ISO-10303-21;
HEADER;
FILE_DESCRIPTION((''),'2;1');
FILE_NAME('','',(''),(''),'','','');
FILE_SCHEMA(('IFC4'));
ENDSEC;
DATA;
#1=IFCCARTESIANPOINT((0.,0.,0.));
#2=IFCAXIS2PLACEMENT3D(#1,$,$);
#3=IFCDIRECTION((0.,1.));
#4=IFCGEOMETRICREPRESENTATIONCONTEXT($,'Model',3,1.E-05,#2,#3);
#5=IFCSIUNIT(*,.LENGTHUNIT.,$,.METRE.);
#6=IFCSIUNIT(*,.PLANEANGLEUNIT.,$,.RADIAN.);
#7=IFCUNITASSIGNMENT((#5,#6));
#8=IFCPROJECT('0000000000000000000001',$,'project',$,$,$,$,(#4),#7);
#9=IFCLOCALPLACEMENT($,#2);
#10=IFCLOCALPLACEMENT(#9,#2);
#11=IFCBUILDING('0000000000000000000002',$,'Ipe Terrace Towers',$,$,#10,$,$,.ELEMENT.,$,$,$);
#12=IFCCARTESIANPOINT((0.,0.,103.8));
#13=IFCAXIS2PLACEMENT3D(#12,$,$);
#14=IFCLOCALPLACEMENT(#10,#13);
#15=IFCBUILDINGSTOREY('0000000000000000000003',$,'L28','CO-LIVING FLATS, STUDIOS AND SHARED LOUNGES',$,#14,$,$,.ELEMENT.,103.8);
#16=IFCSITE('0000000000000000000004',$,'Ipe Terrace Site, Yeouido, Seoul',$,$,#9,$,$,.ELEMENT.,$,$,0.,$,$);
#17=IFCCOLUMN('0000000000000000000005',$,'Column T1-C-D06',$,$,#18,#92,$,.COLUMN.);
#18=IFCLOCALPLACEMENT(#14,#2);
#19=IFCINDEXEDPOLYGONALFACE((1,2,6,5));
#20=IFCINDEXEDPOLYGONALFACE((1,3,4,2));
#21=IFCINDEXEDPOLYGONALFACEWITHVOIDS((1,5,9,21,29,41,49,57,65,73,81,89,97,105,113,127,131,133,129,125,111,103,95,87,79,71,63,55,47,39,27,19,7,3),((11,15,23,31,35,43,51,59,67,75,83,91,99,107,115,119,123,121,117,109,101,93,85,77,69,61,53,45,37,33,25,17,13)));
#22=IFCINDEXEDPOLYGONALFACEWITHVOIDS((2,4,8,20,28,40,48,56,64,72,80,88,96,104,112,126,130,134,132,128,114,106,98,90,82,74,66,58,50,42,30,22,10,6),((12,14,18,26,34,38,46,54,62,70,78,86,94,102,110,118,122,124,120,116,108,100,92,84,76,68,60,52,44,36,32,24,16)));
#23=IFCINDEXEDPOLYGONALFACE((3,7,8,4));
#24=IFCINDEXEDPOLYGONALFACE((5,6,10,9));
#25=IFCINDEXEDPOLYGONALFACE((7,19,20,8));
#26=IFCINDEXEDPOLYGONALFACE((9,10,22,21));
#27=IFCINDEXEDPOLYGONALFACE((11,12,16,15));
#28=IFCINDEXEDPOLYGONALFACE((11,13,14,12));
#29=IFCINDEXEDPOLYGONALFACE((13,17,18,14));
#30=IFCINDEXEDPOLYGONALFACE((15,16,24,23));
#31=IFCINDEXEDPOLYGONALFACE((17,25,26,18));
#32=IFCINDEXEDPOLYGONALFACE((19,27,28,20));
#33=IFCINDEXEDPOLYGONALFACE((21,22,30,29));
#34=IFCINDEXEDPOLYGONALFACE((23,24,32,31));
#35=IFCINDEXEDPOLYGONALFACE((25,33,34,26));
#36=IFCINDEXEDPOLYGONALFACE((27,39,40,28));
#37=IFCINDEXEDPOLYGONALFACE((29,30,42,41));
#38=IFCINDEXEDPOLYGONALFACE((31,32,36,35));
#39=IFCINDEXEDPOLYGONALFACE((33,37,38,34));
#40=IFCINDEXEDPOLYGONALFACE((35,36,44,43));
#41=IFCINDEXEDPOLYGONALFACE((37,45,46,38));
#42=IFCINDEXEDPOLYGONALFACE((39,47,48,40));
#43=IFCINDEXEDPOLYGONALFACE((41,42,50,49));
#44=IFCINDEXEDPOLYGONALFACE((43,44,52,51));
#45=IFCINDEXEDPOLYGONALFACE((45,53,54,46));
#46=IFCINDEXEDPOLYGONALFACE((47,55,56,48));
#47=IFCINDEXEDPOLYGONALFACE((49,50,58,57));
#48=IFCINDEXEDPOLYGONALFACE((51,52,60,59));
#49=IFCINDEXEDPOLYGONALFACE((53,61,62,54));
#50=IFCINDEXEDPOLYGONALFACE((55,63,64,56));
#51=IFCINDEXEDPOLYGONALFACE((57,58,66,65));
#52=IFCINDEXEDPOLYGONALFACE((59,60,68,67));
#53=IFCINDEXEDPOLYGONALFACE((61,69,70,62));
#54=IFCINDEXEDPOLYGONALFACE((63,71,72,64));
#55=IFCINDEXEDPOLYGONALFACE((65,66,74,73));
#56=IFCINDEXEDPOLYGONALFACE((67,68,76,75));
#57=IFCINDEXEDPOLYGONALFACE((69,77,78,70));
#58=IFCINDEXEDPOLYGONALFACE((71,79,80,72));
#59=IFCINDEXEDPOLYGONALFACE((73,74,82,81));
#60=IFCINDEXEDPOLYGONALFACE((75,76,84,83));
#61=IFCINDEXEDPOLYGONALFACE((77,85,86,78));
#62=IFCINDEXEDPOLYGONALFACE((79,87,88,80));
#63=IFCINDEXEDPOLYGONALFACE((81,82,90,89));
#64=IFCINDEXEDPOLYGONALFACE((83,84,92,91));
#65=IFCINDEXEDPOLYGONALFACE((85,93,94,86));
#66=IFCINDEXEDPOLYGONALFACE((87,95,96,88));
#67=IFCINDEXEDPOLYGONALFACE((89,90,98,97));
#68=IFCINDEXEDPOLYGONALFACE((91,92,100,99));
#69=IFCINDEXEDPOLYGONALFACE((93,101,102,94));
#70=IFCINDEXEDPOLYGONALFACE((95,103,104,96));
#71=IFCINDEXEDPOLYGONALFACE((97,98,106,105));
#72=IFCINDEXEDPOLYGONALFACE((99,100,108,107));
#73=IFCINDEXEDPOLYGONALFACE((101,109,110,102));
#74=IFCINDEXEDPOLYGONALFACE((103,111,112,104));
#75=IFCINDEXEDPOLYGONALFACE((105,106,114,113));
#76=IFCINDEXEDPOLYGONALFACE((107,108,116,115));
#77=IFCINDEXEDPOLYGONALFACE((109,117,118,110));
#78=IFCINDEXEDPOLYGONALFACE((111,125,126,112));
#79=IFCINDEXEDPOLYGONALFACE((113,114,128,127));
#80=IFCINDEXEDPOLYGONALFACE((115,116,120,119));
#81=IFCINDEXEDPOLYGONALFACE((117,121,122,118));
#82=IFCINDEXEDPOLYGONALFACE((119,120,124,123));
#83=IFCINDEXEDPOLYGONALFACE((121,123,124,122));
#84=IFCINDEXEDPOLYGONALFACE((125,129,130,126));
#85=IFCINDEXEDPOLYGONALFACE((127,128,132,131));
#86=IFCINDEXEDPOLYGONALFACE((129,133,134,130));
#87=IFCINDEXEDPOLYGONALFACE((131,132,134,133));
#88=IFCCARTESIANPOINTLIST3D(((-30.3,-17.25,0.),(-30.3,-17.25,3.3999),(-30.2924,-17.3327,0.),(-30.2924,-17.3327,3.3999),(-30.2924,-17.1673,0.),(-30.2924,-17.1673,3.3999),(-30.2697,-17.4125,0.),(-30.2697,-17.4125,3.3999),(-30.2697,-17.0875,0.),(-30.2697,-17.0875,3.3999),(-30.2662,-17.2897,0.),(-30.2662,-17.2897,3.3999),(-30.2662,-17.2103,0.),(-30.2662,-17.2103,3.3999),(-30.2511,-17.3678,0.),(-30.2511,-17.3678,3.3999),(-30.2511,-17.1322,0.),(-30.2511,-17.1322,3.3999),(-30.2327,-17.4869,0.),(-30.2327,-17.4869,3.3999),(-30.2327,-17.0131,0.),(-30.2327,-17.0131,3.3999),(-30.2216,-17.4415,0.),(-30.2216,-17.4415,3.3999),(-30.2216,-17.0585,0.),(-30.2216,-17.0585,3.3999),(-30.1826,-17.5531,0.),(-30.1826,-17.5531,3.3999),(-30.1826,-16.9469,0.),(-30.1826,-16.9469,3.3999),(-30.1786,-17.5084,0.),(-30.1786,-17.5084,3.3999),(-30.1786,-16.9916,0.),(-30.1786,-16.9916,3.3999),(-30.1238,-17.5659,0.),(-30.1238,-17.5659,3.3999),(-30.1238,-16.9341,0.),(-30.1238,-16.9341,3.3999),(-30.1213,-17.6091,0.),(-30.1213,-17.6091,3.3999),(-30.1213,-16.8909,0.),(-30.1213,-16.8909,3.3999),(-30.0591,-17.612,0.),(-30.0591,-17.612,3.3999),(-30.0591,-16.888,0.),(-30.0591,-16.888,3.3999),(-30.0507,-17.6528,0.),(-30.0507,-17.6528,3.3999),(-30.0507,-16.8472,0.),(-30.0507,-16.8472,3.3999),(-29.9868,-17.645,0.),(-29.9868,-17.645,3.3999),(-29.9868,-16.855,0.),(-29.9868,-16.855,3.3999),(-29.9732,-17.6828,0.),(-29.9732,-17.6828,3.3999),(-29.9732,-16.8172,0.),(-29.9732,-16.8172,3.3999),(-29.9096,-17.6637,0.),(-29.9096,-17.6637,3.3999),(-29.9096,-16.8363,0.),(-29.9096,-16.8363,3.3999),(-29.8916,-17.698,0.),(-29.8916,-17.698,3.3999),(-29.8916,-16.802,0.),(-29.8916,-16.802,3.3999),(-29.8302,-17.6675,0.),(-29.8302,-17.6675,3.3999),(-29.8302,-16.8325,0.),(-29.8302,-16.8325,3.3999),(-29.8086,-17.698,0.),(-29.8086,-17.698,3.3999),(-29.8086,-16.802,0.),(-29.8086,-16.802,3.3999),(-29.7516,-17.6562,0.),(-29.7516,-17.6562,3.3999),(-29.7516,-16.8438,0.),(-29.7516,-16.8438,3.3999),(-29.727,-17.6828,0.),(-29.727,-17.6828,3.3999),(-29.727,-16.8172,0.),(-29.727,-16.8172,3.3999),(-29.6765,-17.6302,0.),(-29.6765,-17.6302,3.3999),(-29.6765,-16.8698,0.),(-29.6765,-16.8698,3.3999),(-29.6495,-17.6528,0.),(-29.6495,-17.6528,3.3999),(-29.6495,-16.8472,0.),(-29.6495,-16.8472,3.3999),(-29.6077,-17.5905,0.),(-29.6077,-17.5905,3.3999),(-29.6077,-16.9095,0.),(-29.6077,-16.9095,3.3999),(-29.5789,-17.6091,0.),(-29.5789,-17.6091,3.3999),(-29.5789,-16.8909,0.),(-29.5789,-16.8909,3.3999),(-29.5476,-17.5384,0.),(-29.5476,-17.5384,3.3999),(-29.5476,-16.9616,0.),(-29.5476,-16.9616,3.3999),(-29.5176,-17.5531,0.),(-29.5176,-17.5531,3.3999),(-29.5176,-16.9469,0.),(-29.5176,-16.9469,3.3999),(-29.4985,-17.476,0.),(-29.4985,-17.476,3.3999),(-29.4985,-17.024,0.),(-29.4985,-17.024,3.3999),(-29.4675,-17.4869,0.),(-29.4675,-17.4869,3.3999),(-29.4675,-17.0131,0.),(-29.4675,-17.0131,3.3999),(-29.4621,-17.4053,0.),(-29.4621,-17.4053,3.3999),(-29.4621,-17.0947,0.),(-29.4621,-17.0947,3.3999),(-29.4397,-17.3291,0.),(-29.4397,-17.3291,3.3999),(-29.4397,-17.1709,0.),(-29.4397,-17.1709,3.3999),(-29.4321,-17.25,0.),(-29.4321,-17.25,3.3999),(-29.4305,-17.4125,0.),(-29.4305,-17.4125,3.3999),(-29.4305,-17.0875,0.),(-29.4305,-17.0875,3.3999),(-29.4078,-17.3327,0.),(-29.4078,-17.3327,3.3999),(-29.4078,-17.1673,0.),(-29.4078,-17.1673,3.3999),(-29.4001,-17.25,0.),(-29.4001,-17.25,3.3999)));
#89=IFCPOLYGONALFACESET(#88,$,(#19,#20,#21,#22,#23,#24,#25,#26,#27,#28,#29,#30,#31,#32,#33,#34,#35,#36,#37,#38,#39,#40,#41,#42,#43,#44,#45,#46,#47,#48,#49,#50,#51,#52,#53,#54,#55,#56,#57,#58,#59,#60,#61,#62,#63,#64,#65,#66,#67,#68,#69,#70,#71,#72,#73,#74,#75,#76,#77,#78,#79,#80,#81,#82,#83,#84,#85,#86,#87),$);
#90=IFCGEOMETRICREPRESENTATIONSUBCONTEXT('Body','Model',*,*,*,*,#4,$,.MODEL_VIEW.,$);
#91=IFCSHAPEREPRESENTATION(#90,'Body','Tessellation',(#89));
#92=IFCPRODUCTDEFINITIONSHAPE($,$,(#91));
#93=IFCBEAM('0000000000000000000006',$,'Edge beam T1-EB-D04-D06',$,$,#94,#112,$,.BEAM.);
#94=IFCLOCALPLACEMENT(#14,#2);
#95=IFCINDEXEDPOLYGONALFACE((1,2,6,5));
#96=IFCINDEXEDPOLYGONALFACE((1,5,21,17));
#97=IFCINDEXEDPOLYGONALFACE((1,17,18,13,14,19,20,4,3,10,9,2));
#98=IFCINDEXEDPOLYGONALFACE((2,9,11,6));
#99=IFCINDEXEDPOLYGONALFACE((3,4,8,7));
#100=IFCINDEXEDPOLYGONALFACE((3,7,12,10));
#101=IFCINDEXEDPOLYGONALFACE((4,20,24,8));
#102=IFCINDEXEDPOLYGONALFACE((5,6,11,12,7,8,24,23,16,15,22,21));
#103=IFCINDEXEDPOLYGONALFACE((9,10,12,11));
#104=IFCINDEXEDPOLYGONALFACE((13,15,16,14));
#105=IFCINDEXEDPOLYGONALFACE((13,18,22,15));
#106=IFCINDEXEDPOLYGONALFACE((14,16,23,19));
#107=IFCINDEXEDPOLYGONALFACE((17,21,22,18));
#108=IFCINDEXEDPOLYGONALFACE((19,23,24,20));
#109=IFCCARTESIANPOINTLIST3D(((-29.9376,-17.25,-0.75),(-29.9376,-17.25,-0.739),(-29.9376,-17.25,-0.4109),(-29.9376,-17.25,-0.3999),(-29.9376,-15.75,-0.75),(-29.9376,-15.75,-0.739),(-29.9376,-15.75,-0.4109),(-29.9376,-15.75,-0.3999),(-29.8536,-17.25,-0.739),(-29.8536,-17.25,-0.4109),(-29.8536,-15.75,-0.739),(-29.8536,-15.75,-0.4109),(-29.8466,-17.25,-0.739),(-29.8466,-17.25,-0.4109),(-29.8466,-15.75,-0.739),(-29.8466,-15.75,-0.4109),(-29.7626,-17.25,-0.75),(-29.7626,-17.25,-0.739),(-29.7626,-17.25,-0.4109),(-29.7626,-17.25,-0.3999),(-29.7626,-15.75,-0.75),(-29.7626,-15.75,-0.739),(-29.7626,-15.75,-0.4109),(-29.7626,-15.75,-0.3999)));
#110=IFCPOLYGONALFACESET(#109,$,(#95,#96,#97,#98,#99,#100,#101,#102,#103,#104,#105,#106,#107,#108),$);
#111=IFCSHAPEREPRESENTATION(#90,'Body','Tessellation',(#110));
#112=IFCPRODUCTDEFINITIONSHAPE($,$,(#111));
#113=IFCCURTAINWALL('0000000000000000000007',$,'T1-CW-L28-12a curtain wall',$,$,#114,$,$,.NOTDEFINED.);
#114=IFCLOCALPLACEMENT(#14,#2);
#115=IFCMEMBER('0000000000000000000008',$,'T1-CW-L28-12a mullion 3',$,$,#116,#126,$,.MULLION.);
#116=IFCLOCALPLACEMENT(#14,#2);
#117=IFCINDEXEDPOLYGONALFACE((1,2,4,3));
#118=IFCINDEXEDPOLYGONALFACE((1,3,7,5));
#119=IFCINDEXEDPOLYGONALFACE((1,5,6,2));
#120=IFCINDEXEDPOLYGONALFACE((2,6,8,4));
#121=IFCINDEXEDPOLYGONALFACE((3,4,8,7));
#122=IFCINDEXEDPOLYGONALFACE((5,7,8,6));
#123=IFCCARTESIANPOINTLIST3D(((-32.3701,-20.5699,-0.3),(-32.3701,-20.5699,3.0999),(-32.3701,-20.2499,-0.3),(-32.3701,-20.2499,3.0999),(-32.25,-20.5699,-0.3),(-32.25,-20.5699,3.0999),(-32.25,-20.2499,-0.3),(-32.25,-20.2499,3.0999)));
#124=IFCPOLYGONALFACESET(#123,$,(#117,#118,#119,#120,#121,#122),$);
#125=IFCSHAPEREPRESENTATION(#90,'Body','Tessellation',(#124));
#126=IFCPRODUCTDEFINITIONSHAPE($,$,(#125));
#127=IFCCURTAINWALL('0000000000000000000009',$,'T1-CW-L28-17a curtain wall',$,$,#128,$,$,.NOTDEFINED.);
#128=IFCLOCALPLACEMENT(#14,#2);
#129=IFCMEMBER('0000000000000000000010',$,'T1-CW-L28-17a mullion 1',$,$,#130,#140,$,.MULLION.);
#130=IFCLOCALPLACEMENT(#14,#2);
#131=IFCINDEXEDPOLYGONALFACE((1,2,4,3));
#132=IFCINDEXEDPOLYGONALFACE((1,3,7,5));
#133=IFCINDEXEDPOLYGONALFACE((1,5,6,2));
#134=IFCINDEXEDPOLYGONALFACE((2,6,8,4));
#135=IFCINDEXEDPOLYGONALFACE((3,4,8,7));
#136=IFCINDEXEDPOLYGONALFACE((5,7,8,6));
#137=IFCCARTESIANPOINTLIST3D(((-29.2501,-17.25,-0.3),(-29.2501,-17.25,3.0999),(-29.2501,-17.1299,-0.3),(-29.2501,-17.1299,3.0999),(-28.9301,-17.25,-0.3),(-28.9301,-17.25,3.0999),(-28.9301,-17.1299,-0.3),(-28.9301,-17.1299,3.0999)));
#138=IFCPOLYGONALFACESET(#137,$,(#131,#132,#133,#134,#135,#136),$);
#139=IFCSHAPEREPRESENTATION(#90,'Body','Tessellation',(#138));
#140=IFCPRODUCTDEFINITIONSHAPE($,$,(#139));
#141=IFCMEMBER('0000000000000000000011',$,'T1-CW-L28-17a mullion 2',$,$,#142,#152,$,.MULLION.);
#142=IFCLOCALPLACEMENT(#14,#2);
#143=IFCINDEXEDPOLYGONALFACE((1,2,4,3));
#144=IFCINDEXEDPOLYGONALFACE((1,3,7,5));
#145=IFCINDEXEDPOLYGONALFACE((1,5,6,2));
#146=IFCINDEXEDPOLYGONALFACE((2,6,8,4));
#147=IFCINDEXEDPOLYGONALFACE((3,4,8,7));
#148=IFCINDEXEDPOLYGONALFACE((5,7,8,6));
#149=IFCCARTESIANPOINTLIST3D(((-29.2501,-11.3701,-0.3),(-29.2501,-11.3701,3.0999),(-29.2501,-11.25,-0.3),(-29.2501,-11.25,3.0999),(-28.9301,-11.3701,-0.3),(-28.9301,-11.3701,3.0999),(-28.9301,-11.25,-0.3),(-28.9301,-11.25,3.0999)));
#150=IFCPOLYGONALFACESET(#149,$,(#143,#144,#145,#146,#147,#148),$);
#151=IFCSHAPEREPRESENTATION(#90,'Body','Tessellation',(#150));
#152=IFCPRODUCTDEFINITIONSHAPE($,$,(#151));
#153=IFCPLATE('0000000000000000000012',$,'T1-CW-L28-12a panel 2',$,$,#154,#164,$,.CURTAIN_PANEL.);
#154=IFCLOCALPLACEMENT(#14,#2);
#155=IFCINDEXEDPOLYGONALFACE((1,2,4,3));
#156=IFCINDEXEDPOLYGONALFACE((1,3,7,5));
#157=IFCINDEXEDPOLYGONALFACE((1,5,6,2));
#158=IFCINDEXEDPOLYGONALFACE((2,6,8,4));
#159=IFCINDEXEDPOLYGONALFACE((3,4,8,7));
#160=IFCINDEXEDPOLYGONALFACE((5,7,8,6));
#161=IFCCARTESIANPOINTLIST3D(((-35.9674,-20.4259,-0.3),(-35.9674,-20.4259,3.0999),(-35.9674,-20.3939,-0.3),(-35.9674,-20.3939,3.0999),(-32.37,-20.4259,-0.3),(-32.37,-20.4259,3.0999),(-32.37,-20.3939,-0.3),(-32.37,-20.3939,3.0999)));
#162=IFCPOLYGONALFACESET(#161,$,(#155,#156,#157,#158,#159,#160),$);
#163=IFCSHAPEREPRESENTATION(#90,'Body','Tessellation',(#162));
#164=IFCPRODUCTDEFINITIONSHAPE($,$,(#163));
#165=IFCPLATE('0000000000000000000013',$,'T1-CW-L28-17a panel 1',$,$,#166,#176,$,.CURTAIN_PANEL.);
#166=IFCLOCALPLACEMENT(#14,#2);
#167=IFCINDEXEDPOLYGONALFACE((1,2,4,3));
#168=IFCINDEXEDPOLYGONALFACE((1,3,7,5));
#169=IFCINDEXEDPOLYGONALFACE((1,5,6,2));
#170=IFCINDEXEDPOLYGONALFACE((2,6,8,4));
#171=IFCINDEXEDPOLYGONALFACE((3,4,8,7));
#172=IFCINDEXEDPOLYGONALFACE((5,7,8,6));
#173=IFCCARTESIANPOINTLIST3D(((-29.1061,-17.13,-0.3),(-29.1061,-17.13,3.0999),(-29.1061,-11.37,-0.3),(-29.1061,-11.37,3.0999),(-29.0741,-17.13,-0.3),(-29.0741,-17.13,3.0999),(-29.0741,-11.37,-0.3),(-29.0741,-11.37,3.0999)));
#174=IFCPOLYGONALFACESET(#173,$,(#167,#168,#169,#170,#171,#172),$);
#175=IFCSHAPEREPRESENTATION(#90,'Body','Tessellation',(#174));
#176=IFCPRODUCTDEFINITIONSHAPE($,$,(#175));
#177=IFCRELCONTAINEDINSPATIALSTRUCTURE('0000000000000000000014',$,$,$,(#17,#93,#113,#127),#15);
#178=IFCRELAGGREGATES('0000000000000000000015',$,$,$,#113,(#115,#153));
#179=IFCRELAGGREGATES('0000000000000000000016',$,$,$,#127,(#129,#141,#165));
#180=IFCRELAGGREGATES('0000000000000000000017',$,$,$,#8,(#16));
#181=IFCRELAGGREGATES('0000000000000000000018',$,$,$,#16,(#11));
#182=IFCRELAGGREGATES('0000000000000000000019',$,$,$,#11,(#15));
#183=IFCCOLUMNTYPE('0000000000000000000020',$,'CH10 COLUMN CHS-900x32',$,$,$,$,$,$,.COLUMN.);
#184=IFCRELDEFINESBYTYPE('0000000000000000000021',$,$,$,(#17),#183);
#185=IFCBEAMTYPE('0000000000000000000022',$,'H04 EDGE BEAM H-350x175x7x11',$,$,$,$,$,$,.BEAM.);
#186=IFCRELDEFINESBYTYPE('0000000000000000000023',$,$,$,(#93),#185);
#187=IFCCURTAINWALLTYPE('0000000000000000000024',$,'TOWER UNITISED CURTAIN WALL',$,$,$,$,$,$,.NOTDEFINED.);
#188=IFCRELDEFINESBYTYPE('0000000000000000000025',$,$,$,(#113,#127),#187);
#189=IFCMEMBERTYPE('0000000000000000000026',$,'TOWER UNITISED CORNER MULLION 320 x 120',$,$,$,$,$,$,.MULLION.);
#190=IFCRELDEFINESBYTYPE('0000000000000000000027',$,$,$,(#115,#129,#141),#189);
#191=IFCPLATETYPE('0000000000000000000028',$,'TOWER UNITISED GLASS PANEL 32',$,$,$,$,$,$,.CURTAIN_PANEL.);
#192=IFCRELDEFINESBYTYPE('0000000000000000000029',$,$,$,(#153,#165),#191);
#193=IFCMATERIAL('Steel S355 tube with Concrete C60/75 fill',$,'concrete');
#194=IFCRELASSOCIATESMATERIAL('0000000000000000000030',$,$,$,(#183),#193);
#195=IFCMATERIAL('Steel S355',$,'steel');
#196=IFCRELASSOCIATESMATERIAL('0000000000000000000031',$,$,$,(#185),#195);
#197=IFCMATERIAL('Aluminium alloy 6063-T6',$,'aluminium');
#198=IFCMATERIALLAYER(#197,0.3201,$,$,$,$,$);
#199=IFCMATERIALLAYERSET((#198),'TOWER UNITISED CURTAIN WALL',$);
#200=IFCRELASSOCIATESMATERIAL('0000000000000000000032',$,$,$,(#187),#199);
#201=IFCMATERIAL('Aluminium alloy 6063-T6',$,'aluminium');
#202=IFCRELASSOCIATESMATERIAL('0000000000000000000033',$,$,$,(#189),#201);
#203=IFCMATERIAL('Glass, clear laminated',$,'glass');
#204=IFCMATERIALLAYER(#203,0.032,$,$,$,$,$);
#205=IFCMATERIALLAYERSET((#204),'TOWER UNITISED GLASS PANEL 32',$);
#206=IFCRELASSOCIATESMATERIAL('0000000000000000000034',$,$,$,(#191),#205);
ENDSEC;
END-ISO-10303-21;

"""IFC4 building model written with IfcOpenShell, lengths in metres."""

from ifc_helpers import new_model, si_unit, direction, frame, origin, origin_2d, place, context, subcontext, project, spatial, rectangle, hollow_circle, i_section, extrude, material, layer, layer_set, material_profile, profile_set, type_object, element, aggregate, save


model = new_model("IFC4")

# Units and contexts
model_context = context("Model", 3, precision=1e-05, world=origin(), true_north=direction((0.0, 1.0)))
body_context = subcontext(model_context, "Body", "Model", "MODEL_VIEW")
ifc_project = project(units=[si_unit("LENGTHUNIT", "METRE"), si_unit("PLANEANGLEUNIT", "RADIAN")], contexts=[model_context])

# Site, building, storey
site_placement = place(None, origin())
site = spatial("IfcSite", under=ifc_project, at=site_placement, Name="Ipe Terrace Site, Yeouido, Seoul", CompositionType="ELEMENT", RefElevation=0.0)
building_placement = place(site_placement, origin())
building = spatial("IfcBuilding", under=site, at=building_placement, Name="Ipe Terrace Towers", CompositionType="ELEMENT")
storey_placement = place(building_placement, frame((0.0, 0.0, 103.8)))
storey = spatial("IfcBuildingStorey", under=building, at=storey_placement, Name="L28", Description="CO-LIVING FLATS, STUDIOS AND SHARED LOUNGES", CompositionType="ELEMENT", Elevation=103.8)

# Column
ifc_material_1 = material(Name="Steel S355 tube with Concrete C60/75 fill", Category="concrete")
ifc_material_profile_1 = material_profile(ifc_material_1, hollow_circle(Radius=0.45, WallThickness=0.032, at=origin_2d()), Name="CHS-900x32")
ifc_profile_set_1 = profile_set([ifc_material_profile_1], Name="Steel S355 tube with Concrete C60/75 fill")
column_type_1 = type_object("IfcColumnType", Name="CH10 COLUMN CHS-900x32", PredefinedType="COLUMN", material=ifc_profile_set_1)
for number, where, z_axis, x_axis, name in (
    (1, (-29.8501, -17.25, 0.0), (0.0, 0.0, 1.0), (1.0, 0.0, 0.0), "Column T1-C-D06"),
):
    element("IfcColumn", number, at=place(storey_placement, frame(where, z_axis=z_axis, x_axis=x_axis)), inside=storey, type_object=column_type_1, Name=name, PredefinedType="COLUMN", context=body_context, shape_type="SweptSolid", body=[
        extrude(hollow_circle(Radius=0.45, WallThickness=0.032, at=origin_2d()), origin(), (0.0, 0.0, 1.0), 3.3999),
    ])

# Beam
ifc_material_2 = material(Name="Steel S355", Category="steel")
ifc_material_profile_2 = material_profile(ifc_material_2, i_section(OverallWidth=0.175, OverallDepth=0.3501, WebThickness=0.0071, FlangeThickness=0.011, at=origin_2d()), Name="H-350x175x7x11")
ifc_profile_set_2 = profile_set([ifc_material_profile_2], Name="Steel S355")
beam_type = type_object("IfcBeamType", Name="H04 EDGE BEAM H-350x175x7x11", PredefinedType="BEAM", material=ifc_profile_set_2)
beam_placement = place(storey_placement, frame((-29.8501, -15.75, -0.575), z_axis=(0.0, -1.0, 0.0), x_axis=(1.0, 0.0, 0.0)))
element("IfcBeam", 2, at=beam_placement, inside=storey, type_object=beam_type, Name="Edge beam T1-EB-D04-D06", PredefinedType="BEAM", context=body_context, shape_type="SweptSolid", body=[
    extrude(i_section(OverallWidth=0.175, OverallDepth=0.3501, WebThickness=0.0071, FlangeThickness=0.011, at=origin_2d()), origin(), (0.0, 0.0, 1.0), 1.5),
])

# Curtain wall, member
ifc_material_3 = material(Name="Aluminium alloy 6063-T6", Category="aluminium")
ifc_layer_1 = layer(ifc_material_3, 0.3201)
ifc_layer_set_1 = layer_set([ifc_layer_1], Name="TOWER UNITISED CURTAIN WALL")
curtain_wall_type = type_object("IfcCurtainWallType", Name="TOWER UNITISED CURTAIN WALL", PredefinedType="NOTDEFINED", material=ifc_layer_set_1)
curtain_wall_1_placement = place(storey_placement, origin())
curtain_wall_1 = element("IfcCurtainWall", 3, at=curtain_wall_1_placement, inside=storey, type_object=curtain_wall_type, Name="T1-CW-L28-12a curtain wall", PredefinedType="NOTDEFINED")
ifc_material_4 = material(Name="Aluminium alloy 6063-T6", Category="aluminium")
ifc_material_profile_3 = material_profile(ifc_material_4, rectangle(XDim=0.3201, YDim=0.1201, at=origin_2d()), Name="TOWER UNITISED CORNER MULLION 320 x 120")
ifc_profile_set_3 = profile_set([ifc_material_profile_3], Name="Aluminium alloy 6063-T6")
member_type = type_object("IfcMemberType", Name="TOWER UNITISED CORNER MULLION 320 x 120", PredefinedType="MULLION", material=ifc_profile_set_3)
member_1_placement = place(storey_placement, frame((-32.3101, -20.4099, -0.3), z_axis=(0.0, 0.0, 1.0), x_axis=(0.0, -1.0, 0.0)))
member_1 = element("IfcMember", 4, at=member_1_placement, type_object=member_type, Name="T1-CW-L28-12a mullion 3", PredefinedType="MULLION", context=body_context, shape_type="SweptSolid", body=[
    extrude(rectangle(XDim=0.3201, YDim=0.1201, at=origin_2d()), origin(), (0.0, 0.0, 1.0), 3.3999),
])

# Curtain wall, members
curtain_wall_2_placement = place(storey_placement, origin())
curtain_wall_2 = element("IfcCurtainWall", 5, at=curtain_wall_2_placement, inside=storey, type_object=curtain_wall_type, Name="T1-CW-L28-17a curtain wall", PredefinedType="NOTDEFINED")
member_2_placement = place(storey_placement, frame((-29.0901, -17.1899, -0.3), z_axis=(0.0, 0.0, 1.0), x_axis=(1.0, 0.0, 0.0)))
member_2 = element("IfcMember", 6, at=member_2_placement, type_object=member_type, Name="T1-CW-L28-17a mullion 1", PredefinedType="MULLION", context=body_context, shape_type="SweptSolid", body=[
    extrude(rectangle(XDim=0.3201, YDim=0.1201, at=origin_2d()), origin(), (0.0, 0.0, 1.0), 3.3999),
])
member_3_placement = place(storey_placement, frame((-29.0901, -11.3101, -0.3), z_axis=(0.0, 0.0, 1.0), x_axis=(1.0, 0.0, 0.0)))
member_3 = element("IfcMember", 7, at=member_3_placement, type_object=member_type, Name="T1-CW-L28-17a mullion 2", PredefinedType="MULLION", context=body_context, shape_type="SweptSolid", body=[
    extrude(rectangle(XDim=0.3201, YDim=0.1201, at=origin_2d()), origin(), (0.0, 0.0, 1.0), 3.3999),
])

# Plates
ifc_material_5 = material(Name="Glass, clear laminated", Category="glass")
ifc_layer_2 = layer(ifc_material_5, 0.032)
ifc_layer_set_2 = layer_set([ifc_layer_2], Name="TOWER UNITISED GLASS PANEL 32")
plate_type = type_object("IfcPlateType", Name="TOWER UNITISED GLASS PANEL 32", PredefinedType="CURTAIN_PANEL", material=ifc_layer_set_2)
plate_1_placement = place(storey_placement, frame((-34.1687, -20.4099, -0.3), z_axis=(0.0, 0.0, 1.0), x_axis=(1.0, 0.0, 0.0)))
plate_1 = element("IfcPlate", 8, at=plate_1_placement, type_object=plate_type, Name="T1-CW-L28-12a panel 2", PredefinedType="CURTAIN_PANEL", context=body_context, shape_type="SweptSolid", body=[
    extrude(rectangle(XDim=3.5974, YDim=0.032, at=origin_2d()), origin(), (0.0, 0.0, 1.0), 3.3999),
])
aggregate(curtain_wall_1, [member_1, plate_1])
plate_2_placement = place(storey_placement, frame((-29.0901, -14.25, -0.3), z_axis=(0.0, 0.0, 1.0), x_axis=(0.0, 1.0, 0.0)))
plate_2 = element("IfcPlate", 9, at=plate_2_placement, type_object=plate_type, Name="T1-CW-L28-17a panel 1", PredefinedType="CURTAIN_PANEL", context=body_context, shape_type="SweptSolid", body=[
    extrude(rectangle(XDim=5.76, YDim=0.032, at=origin_2d()), origin(), (0.0, 0.0, 1.0), 3.3999),
])
aggregate(curtain_wall_2, [member_2, member_3, plate_2])

save(model, "model.ifc")
